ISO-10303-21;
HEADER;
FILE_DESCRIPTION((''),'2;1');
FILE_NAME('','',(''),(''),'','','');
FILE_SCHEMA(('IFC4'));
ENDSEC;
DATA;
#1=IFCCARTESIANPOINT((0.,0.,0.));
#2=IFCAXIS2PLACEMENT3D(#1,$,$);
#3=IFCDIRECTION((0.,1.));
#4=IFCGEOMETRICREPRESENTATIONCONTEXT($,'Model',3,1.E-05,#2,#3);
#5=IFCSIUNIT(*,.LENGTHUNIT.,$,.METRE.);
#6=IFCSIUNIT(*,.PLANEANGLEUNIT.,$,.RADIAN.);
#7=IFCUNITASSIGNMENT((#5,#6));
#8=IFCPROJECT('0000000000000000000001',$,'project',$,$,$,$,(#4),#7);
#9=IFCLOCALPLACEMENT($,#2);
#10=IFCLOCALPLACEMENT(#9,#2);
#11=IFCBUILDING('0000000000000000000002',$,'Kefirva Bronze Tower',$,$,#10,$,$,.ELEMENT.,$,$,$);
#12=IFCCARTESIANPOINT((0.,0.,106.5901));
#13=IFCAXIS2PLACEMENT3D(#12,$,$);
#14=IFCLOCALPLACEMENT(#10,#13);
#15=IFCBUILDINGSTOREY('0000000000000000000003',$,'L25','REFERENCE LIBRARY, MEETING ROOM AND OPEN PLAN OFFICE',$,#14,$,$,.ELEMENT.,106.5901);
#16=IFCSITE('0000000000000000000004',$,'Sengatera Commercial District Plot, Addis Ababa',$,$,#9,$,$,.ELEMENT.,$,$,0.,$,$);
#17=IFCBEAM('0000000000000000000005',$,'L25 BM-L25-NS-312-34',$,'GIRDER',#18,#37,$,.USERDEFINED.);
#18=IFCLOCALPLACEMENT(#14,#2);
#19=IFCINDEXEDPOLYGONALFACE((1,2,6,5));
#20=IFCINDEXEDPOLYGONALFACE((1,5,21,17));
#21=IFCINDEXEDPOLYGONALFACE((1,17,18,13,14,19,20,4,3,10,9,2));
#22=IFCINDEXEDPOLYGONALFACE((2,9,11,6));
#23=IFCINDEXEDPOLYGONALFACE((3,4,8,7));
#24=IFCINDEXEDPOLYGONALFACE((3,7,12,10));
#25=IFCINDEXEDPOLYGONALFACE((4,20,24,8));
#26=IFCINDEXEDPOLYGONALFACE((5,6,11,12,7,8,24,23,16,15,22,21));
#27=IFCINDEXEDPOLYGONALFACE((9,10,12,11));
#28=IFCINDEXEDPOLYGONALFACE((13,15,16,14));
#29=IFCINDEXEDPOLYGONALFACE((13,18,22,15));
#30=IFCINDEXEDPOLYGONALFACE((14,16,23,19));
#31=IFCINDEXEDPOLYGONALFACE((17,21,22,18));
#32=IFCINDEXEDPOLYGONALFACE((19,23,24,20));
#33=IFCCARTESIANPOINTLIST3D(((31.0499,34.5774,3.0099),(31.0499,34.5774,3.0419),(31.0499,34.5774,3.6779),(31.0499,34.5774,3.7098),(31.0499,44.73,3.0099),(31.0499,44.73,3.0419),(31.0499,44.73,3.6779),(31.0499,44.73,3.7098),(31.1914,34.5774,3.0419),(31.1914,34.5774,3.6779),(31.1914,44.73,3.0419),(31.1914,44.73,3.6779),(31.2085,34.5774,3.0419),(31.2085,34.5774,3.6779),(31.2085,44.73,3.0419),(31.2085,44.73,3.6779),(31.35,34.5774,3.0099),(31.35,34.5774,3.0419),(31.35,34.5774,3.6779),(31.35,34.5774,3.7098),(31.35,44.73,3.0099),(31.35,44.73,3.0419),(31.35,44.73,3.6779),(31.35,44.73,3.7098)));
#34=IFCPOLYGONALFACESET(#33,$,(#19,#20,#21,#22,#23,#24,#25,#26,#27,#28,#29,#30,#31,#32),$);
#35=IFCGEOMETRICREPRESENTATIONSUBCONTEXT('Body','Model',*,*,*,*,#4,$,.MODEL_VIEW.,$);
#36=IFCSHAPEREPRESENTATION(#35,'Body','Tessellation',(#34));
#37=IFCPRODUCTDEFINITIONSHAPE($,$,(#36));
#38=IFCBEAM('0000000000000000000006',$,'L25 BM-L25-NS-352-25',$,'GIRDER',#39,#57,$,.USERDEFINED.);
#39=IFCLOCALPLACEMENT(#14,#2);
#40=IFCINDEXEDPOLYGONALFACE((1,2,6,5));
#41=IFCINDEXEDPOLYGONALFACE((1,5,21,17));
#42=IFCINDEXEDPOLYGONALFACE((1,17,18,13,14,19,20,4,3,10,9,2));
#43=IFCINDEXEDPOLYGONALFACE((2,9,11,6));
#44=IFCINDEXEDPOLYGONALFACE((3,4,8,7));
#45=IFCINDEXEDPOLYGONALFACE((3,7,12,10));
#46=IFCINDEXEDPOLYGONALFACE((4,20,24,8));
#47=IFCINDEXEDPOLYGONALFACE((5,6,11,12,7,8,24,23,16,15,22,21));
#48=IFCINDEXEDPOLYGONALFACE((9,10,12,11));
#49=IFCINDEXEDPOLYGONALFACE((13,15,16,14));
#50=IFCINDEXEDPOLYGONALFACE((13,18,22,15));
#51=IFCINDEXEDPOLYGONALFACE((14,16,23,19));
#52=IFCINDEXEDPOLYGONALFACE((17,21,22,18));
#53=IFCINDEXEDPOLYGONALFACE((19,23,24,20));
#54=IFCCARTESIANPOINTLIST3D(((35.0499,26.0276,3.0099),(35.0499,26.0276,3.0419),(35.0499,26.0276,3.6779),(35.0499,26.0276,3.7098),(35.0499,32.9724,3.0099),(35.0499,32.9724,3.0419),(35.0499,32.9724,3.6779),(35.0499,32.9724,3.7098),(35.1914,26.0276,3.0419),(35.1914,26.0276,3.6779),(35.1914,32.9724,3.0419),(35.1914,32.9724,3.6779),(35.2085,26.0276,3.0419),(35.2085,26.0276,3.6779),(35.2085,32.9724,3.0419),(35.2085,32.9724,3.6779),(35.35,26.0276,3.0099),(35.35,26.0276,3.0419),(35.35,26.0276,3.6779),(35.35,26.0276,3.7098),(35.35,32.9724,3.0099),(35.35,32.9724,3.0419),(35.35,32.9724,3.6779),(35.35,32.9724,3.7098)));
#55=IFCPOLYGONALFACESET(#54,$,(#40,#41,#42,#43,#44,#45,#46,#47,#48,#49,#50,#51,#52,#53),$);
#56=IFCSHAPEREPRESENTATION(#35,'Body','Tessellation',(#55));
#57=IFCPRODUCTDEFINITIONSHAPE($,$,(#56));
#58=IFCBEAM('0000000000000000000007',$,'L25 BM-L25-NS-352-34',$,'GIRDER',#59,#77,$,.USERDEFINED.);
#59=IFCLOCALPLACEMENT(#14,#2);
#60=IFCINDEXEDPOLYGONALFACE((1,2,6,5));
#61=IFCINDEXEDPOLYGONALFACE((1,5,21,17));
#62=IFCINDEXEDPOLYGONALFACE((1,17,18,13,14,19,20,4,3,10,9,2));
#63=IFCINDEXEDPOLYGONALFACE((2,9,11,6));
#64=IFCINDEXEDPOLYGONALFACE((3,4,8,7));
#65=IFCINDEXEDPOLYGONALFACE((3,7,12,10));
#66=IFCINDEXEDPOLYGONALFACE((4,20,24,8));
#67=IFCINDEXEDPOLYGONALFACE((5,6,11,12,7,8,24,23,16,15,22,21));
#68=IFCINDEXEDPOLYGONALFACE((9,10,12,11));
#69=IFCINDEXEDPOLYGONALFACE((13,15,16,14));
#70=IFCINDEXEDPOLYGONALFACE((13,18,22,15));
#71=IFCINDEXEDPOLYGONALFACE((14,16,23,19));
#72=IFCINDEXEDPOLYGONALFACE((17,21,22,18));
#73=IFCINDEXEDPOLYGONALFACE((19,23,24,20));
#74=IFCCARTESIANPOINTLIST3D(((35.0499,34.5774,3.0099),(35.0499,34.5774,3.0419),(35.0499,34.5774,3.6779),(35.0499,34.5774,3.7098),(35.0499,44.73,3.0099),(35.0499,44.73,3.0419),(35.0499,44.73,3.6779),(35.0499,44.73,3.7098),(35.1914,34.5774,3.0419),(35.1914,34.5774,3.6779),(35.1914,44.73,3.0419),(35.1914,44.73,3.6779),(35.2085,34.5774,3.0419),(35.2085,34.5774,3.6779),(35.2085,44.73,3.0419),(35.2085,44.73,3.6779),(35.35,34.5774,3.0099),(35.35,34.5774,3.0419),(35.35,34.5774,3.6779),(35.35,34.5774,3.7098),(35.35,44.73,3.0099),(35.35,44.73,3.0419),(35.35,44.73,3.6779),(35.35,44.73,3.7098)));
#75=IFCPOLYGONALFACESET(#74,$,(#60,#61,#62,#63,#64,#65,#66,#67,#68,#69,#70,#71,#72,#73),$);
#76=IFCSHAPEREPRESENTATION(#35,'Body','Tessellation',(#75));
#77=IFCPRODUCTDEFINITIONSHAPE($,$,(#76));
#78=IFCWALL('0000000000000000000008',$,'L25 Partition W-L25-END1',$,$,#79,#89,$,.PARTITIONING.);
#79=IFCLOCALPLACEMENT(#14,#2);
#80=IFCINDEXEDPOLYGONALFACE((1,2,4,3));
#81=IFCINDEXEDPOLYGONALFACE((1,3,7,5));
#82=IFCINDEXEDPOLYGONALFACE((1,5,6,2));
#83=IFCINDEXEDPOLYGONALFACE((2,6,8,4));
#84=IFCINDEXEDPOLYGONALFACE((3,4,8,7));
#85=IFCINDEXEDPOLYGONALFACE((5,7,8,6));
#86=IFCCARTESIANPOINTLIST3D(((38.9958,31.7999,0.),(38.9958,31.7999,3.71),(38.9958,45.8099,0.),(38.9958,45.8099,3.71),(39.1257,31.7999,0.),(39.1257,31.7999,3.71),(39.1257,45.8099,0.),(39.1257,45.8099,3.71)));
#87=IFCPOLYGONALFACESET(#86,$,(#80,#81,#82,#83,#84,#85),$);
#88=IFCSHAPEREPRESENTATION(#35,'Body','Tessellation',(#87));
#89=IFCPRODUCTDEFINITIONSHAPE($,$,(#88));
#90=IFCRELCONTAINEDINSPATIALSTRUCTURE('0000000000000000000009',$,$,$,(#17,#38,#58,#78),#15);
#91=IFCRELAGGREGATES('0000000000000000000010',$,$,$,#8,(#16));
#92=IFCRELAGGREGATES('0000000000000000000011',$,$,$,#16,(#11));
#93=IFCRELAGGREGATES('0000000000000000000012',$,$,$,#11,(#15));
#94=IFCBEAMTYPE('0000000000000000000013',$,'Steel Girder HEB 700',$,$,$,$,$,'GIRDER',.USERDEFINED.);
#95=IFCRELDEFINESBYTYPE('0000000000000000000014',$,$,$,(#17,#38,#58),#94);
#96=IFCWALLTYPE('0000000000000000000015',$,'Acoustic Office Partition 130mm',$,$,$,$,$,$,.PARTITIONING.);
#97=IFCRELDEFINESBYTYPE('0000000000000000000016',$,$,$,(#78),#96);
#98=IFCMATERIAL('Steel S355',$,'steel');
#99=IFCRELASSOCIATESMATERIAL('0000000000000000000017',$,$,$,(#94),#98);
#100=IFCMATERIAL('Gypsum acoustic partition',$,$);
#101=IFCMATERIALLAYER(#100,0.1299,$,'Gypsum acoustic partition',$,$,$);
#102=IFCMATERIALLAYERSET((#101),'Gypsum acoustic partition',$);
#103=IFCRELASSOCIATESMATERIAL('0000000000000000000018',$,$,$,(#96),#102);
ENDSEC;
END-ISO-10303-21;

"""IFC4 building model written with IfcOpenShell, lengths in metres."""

from ifc_helpers import new_model, si_unit, direction, frame, frame_2d, origin, origin_2d, place, context, subcontext, project, spatial, rectangle, i_section, extrude, material, layer, layer_set, material_profile, profile_set, type_object, element, save


model = new_model("IFC4")

# Units and contexts
model_context = context("Model", 3, precision=1e-05, world=origin(), true_north=direction((0.0, 1.0)))
body_context = subcontext(model_context, "Body", "Model", "MODEL_VIEW")
ifc_project = project(units=[si_unit("LENGTHUNIT", "METRE"), si_unit("PLANEANGLEUNIT", "RADIAN")], contexts=[model_context])

# Site, building, storey
site_placement = place(None, origin())
site = spatial("IfcSite", under=ifc_project, at=site_placement, Name="Sengatera Commercial District Plot, Addis Ababa", CompositionType="ELEMENT", RefElevation=0.0)
building_placement = place(site_placement, origin())
building = spatial("IfcBuilding", under=site, at=building_placement, Name="Kefirva Bronze Tower", CompositionType="ELEMENT")
storey_placement = place(building_placement, frame((0.0, 0.0, 106.5901)))
storey = spatial("IfcBuildingStorey", under=building, at=storey_placement, Name="L25", Description="REFERENCE LIBRARY, MEETING ROOM AND OPEN PLAN OFFICE", CompositionType="ELEMENT", Elevation=106.5901)

# Beams
ifc_material_1 = material(Name="Steel S355", Category="steel")
ifc_material_profile_1 = material_profile(ifc_material_1, i_section(OverallWidth=0.3, OverallDepth=0.7, WebThickness=0.0171, FlangeThickness=0.032, at=origin_2d()), Name="HEB 700")
ifc_profile_set_1 = profile_set([ifc_material_profile_1], Name="Steel S355")
beam_type_1 = type_object("IfcBeamType", Name="Steel Girder HEB 700", ElementType="GIRDER", PredefinedType="USERDEFINED", material=ifc_profile_set_1)
beam_1_placement = place(storey_placement, frame((31.2, 34.5774, 3.3599), z_axis=(0.0, 1.0, 0.0), x_axis=(-1.0, 0.0, 0.0)))
element("IfcBeam", 1, at=beam_1_placement, inside=storey, type_object=beam_type_1, Name="L25 BM-L25-NS-312-34", ObjectType="GIRDER", PredefinedType="USERDEFINED", context=body_context, shape_type="SweptSolid", body=[
    extrude(i_section(OverallWidth=0.3, OverallDepth=0.7, WebThickness=0.0171, FlangeThickness=0.032, at=origin_2d()), origin(), (0.0, 0.0, 1.0), 10.1526),
])
beam_2_placement = place(storey_placement, frame((35.2, 26.0276, 3.3599), z_axis=(0.0, 1.0, 0.0), x_axis=(-1.0, 0.0, 0.0)))
element("IfcBeam", 2, at=beam_2_placement, inside=storey, type_object=beam_type_1, Name="L25 BM-L25-NS-352-25", ObjectType="GIRDER", PredefinedType="USERDEFINED", context=body_context, shape_type="SweptSolid", body=[
    extrude(i_section(OverallWidth=0.3, OverallDepth=0.7, WebThickness=0.0171, FlangeThickness=0.032, at=origin_2d()), origin(), (0.0, 0.0, 1.0), 6.9448),
])
beam_3_placement = place(storey_placement, frame((35.2, 34.5774, 3.3599), z_axis=(0.0, 1.0, 0.0), x_axis=(-1.0, 0.0, 0.0)))
element("IfcBeam", 3, at=beam_3_placement, inside=storey, type_object=beam_type_1, Name="L25 BM-L25-NS-352-34", ObjectType="GIRDER", PredefinedType="USERDEFINED", context=body_context, shape_type="SweptSolid", body=[
    extrude(i_section(OverallWidth=0.3, OverallDepth=0.7, WebThickness=0.0171, FlangeThickness=0.032, at=origin_2d()), origin(), (0.0, 0.0, 1.0), 10.1526),
])

# Wall
ifc_material_2 = material(Name="Gypsum acoustic partition")
ifc_layer = layer(ifc_material_2, 0.1299, Name="Gypsum acoustic partition")
ifc_layer_set = layer_set([ifc_layer], Name="Gypsum acoustic partition")
wall_type = type_object("IfcWallType", Name="Acoustic Office Partition 130mm", PredefinedType="PARTITIONING", material=ifc_layer_set)
wall_placement = place(storey_placement, frame((39.0608, 31.8, 0.0), z_axis=(0.0, 0.0, 1.0), x_axis=(0.0, 1.0, 0.0)))
element("IfcWall", 4, at=wall_placement, inside=storey, type_object=wall_type, Name="L25 Partition W-L25-END1", PredefinedType="PARTITIONING", context=body_context, shape_type="SweptSolid", body=[
    extrude(rectangle(XDim=14.01, YDim=0.1299, at=frame_2d((7.0049, 0.0))), origin(), (0.0, 0.0, 1.0), 3.71),
])

save(model, "model.ifc")
